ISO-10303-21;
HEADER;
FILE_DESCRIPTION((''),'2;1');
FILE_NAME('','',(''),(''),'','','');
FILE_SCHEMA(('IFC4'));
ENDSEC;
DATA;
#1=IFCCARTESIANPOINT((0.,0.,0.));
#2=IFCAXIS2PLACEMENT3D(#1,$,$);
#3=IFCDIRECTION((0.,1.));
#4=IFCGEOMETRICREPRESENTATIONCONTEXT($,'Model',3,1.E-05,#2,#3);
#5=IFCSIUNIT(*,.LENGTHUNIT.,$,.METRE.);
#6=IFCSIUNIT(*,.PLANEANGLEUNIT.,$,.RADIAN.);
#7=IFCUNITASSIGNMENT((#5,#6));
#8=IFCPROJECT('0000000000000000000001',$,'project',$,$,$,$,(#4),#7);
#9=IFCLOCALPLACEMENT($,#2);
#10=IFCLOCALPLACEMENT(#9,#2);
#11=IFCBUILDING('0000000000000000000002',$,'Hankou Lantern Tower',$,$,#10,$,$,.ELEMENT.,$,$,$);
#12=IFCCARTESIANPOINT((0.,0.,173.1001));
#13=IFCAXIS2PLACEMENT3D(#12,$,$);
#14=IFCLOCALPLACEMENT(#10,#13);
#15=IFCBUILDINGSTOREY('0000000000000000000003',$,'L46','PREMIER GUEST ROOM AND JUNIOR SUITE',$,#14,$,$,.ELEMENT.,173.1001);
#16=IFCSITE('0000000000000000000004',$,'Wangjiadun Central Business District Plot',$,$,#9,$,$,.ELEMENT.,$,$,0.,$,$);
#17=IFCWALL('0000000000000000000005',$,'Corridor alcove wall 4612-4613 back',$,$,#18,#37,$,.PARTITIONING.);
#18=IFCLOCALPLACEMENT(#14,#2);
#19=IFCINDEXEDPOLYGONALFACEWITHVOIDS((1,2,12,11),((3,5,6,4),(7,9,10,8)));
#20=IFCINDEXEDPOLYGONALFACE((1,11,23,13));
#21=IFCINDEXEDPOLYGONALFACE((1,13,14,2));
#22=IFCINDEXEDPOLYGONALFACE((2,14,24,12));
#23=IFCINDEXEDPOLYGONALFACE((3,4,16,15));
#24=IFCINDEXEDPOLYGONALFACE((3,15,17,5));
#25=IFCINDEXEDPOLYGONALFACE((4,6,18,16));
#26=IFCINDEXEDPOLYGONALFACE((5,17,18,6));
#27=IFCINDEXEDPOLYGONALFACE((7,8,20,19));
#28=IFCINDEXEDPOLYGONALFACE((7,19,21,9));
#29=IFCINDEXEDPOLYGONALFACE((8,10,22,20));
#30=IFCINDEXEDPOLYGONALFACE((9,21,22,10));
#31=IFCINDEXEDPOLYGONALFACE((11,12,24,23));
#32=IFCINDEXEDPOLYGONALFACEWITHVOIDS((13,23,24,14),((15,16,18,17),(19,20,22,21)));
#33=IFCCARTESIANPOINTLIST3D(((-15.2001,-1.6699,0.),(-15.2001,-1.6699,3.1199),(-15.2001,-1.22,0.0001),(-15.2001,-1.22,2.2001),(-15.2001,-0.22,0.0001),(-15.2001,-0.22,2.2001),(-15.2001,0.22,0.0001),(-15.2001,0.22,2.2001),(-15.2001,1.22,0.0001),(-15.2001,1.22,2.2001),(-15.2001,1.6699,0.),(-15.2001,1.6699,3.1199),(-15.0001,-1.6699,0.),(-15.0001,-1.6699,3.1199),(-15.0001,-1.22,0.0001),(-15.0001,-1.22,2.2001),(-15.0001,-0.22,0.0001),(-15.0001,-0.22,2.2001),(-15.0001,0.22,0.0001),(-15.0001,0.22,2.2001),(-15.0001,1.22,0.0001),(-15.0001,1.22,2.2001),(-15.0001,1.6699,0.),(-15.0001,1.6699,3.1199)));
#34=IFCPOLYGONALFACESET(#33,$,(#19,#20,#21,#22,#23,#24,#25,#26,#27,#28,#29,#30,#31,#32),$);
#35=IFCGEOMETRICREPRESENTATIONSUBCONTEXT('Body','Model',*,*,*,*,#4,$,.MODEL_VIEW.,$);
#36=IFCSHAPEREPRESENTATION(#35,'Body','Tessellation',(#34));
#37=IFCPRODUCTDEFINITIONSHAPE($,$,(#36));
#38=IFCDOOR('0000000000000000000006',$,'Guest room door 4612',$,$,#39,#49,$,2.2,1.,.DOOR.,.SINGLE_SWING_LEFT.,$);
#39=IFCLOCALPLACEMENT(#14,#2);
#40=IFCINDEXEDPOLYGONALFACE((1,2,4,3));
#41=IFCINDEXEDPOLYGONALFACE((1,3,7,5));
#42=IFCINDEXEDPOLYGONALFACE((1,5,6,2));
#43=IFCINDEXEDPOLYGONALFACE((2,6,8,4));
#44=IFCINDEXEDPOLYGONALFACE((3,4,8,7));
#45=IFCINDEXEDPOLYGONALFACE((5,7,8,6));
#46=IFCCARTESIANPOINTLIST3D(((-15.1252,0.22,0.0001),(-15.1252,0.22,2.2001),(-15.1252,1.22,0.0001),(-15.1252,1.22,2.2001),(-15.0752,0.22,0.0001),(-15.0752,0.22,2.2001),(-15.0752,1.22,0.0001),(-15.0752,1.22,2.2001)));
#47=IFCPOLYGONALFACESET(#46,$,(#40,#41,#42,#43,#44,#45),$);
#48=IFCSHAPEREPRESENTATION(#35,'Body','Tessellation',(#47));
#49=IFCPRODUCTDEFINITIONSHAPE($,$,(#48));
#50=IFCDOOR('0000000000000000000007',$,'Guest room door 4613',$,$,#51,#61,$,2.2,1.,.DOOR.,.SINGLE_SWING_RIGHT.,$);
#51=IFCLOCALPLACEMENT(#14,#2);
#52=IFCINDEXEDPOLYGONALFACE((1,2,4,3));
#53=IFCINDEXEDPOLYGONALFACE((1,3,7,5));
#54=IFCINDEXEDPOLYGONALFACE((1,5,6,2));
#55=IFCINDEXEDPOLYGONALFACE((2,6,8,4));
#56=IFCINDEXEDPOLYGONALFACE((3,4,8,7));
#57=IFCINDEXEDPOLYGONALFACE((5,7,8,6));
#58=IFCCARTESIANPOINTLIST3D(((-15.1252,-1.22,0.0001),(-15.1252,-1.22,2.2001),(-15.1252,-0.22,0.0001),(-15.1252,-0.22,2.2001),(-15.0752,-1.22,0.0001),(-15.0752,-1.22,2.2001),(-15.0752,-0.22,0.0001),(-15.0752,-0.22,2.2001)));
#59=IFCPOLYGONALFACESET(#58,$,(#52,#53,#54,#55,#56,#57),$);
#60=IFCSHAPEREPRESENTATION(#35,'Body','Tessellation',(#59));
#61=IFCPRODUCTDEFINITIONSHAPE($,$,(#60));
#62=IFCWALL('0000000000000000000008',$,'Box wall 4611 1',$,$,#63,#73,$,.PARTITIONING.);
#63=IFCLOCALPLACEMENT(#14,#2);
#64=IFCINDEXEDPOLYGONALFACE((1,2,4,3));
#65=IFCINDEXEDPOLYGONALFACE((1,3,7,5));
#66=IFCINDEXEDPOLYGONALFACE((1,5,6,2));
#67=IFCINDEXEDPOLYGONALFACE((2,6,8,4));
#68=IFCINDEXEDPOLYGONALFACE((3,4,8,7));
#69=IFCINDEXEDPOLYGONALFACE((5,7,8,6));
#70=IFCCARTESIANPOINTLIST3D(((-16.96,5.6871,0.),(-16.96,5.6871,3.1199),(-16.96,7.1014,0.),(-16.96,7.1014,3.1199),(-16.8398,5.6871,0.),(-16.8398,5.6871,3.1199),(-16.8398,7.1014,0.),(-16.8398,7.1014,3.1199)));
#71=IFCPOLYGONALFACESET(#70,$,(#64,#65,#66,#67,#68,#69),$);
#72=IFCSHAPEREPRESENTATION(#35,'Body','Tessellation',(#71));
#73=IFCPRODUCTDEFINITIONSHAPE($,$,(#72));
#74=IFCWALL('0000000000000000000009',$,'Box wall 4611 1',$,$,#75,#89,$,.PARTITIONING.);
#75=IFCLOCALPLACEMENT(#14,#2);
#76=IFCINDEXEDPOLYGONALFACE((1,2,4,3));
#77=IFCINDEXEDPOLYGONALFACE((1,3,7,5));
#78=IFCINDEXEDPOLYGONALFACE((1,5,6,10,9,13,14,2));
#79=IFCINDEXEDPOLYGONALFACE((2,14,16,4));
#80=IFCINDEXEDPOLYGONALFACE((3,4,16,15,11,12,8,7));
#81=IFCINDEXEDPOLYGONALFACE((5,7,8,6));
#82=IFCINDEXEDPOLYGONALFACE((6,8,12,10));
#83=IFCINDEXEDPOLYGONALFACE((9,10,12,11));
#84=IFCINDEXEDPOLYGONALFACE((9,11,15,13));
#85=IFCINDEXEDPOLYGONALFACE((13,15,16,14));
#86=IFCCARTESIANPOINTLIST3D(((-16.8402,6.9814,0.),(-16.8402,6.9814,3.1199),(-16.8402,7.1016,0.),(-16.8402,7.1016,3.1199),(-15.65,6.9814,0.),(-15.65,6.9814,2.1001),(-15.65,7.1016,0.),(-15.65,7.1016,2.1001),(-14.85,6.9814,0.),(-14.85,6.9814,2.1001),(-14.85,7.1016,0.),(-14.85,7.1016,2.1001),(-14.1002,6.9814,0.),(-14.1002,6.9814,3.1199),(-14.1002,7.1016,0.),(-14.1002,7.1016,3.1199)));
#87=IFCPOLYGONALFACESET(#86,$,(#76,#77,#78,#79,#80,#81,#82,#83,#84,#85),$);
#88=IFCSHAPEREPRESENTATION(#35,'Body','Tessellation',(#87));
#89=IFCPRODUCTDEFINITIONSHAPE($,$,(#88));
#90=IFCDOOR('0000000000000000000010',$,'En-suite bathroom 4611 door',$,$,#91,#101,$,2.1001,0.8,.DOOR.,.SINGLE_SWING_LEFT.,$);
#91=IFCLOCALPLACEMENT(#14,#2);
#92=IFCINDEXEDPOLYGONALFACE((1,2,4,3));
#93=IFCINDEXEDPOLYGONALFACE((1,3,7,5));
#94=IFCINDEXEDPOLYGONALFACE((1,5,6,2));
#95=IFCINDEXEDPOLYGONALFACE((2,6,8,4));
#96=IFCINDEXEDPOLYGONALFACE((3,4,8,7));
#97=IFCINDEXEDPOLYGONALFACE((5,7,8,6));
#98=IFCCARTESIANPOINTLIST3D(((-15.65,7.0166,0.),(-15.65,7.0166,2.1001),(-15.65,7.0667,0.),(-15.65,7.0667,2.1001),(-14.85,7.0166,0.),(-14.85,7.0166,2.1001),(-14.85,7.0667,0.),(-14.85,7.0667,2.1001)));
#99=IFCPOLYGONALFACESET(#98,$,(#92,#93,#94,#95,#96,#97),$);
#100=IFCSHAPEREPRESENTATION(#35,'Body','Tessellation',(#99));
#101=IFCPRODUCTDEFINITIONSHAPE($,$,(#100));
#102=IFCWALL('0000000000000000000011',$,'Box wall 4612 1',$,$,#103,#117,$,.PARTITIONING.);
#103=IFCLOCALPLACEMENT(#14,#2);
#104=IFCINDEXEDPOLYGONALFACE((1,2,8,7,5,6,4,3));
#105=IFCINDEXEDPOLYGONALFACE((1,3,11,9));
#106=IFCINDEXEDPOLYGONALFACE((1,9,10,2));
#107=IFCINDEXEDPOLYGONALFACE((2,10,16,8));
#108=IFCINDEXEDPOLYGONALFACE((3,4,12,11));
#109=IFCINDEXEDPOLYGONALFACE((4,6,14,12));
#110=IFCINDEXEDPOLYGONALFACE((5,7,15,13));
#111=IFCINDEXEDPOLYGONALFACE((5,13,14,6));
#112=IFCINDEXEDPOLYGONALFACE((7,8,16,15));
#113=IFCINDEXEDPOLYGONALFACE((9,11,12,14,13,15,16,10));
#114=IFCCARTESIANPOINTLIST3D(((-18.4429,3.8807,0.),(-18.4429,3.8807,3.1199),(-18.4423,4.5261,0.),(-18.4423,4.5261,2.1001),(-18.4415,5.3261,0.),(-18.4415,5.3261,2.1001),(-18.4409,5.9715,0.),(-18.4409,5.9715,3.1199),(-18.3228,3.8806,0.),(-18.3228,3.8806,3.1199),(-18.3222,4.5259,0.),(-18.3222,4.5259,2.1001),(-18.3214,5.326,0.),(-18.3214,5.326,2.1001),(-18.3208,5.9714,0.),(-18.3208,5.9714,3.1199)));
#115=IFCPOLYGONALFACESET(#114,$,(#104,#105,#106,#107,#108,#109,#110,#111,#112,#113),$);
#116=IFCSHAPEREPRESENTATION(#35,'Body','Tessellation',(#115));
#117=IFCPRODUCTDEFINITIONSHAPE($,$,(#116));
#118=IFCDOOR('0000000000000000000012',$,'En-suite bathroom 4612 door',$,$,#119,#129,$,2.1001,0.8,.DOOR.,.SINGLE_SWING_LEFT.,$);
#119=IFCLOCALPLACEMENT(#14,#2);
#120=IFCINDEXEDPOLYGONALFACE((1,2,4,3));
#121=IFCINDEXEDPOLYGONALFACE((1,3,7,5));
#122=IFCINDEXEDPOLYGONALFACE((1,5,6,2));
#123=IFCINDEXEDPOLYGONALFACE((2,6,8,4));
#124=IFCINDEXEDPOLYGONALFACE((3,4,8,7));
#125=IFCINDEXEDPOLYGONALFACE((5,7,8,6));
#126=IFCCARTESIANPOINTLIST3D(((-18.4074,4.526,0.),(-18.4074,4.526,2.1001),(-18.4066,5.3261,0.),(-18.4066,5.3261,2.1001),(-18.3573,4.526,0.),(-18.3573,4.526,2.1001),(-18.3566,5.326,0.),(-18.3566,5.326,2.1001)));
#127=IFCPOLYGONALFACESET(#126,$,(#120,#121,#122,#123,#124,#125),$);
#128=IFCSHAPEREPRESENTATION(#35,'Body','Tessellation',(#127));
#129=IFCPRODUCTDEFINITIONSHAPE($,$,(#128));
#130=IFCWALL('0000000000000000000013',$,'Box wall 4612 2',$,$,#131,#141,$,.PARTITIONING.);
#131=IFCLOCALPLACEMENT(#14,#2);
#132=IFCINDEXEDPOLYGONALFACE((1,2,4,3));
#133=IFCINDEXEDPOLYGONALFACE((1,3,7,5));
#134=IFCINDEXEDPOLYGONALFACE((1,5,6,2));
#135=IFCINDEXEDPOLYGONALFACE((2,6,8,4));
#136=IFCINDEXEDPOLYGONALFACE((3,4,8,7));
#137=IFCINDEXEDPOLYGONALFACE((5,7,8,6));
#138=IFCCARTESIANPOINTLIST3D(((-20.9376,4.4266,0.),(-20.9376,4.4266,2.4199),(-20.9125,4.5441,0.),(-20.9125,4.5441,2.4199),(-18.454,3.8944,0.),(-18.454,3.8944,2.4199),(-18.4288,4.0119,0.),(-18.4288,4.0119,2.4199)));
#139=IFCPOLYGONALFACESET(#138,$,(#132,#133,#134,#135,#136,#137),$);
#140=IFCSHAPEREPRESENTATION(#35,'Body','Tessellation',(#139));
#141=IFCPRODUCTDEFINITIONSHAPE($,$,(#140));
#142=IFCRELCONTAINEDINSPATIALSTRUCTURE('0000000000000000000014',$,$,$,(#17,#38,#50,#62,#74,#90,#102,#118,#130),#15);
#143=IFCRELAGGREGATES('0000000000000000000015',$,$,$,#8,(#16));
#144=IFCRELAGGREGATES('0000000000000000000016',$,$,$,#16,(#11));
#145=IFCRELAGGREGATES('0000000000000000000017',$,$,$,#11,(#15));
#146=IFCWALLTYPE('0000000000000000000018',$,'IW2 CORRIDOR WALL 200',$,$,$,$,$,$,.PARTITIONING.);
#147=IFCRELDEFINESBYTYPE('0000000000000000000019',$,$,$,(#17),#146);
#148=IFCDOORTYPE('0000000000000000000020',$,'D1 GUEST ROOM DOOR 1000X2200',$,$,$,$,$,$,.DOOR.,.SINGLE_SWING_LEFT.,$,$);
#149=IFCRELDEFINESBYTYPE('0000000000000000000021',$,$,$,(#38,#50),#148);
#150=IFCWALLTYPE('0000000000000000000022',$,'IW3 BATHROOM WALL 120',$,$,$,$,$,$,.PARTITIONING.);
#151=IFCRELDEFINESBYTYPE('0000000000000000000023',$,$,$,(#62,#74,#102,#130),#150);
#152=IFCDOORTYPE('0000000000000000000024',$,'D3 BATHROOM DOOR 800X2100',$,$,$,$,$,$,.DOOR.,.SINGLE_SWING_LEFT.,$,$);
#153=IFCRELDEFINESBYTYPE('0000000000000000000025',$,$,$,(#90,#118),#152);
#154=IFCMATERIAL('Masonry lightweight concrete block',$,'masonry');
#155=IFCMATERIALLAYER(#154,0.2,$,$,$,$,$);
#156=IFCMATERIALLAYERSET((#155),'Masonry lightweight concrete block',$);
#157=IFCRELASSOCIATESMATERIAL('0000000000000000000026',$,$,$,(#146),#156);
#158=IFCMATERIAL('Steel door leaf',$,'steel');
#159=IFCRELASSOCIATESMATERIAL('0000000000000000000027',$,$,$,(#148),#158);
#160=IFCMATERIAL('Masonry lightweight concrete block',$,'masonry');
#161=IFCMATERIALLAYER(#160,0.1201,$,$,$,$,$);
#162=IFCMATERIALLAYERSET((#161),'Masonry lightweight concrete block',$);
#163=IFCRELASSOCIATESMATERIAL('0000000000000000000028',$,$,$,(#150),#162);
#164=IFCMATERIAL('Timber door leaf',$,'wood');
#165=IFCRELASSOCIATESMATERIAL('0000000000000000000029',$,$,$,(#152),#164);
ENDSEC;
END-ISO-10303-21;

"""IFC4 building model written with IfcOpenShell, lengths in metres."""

from ifc_helpers import new_model, si_unit, direction, frame, frame_2d, origin, place, context, subcontext, project, spatial, rectangle, extrude, material, layer, layer_set, type_object, element, fill, save


model = new_model("IFC4")

# Units and contexts
model_context = context("Model", 3, precision=1e-05, world=origin(), true_north=direction((0.0, 1.0)))
body_context = subcontext(model_context, "Body", "Model", "MODEL_VIEW")
ifc_project = project(units=[si_unit("LENGTHUNIT", "METRE"), si_unit("PLANEANGLEUNIT", "RADIAN")], contexts=[model_context])

# Site, building, storey
site_placement = place(None, origin())
site = spatial("IfcSite", under=ifc_project, at=site_placement, Name="Wangjiadun Central Business District Plot", CompositionType="ELEMENT", RefElevation=0.0)
building_placement = place(site_placement, origin())
building = spatial("IfcBuilding", under=site, at=building_placement, Name="Hankou Lantern Tower", CompositionType="ELEMENT")
storey_placement = place(building_placement, frame((0.0, 0.0, 173.1001)))
storey = spatial("IfcBuildingStorey", under=building, at=storey_placement, Name="L46", Description="PREMIER GUEST ROOM AND JUNIOR SUITE", CompositionType="ELEMENT", Elevation=173.1001)

# Wall, openings, doors
ifc_material_1 = material(Name="Masonry lightweight concrete block", Category="masonry")
ifc_layer_1 = layer(ifc_material_1, 0.2)
ifc_layer_set_1 = layer_set([ifc_layer_1], Name="Masonry lightweight concrete block")
wall_type_1 = type_object("IfcWallType", Name="IW2 CORRIDOR WALL 200", PredefinedType="PARTITIONING", material=ifc_layer_set_1)
wall_1_placement = place(storey_placement, frame((-15.1001, 1.6699, 0.0), z_axis=(0.0, 0.0, 1.0), x_axis=(0.0, -1.0, 0.0)))
wall_1 = element("IfcWall", 1, at=wall_1_placement, inside=storey, type_object=wall_type_1, Name="Corridor alcove wall 4612-4613 back", PredefinedType="PARTITIONING", context=body_context, shape_type="SweptSolid", body=[
    extrude(rectangle(XDim=3.3398, YDim=0.2, at=frame_2d((1.6699, 0.0))), origin(), (0.0, 0.0, 1.0), 3.1199),
])
opening_1_placement = place(wall_1_placement, frame((0.45, 0.0, 0.0)))
opening_1 = element("IfcOpeningElement", 2, at=opening_1_placement, cuts=wall_1, PredefinedType="OPENING", context=body_context, shape_type="SweptSolid", body=[
    extrude(rectangle(XDim=1.0, YDim=2.2, at=frame_2d((0.5, 1.1001))), frame((0.0, 0.1099, 0.0), z_axis=(0.0, -1.0, 0.0), x_axis=(1.0, 0.0, 0.0)), (0.0, 0.0, 1.0), 0.22),
])
opening_2_placement = place(wall_1_placement, frame((1.8899, 0.0, 0.0)))
opening_2 = element("IfcOpeningElement", 3, at=opening_2_placement, cuts=wall_1, PredefinedType="OPENING", context=body_context, shape_type="SweptSolid", body=[
    extrude(rectangle(XDim=1.0, YDim=2.2, at=frame_2d((0.5, 1.1001))), frame((0.0, 0.1099, 0.0), z_axis=(0.0, -1.0, 0.0), x_axis=(1.0, 0.0, 0.0)), (0.0, 0.0, 1.0), 0.22),
])
ifc_material_2 = material(Name="Steel door leaf", Category="steel")
door_type_1 = type_object("IfcDoorType", Name="D1 GUEST ROOM DOOR 1000X2200", OperationType="SINGLE_SWING_LEFT", PredefinedType="DOOR", material=ifc_material_2)
door_1_placement = place(opening_1_placement, origin())
door_1 = element("IfcDoor", 4, at=door_1_placement, inside=storey, type_object=door_type_1, Name="Guest room door 4612", OperationType="SINGLE_SWING_LEFT", OverallHeight=2.2, OverallWidth=1.0, PredefinedType="DOOR", context=body_context, shape_type="SweptSolid", body=[
    extrude(rectangle(XDim=1.0, YDim=2.2, at=frame_2d((0.5, 1.1001))), frame((0.0, 0.0249, 0.0), z_axis=(0.0, -1.0, 0.0), x_axis=(1.0, 0.0, 0.0)), (0.0, 0.0, 1.0), 0.05),
])
fill(opening_1, door_1)
door_2_placement = place(opening_2_placement, origin())
door_2 = element("IfcDoor", 5, at=door_2_placement, inside=storey, type_object=door_type_1, Name="Guest room door 4613", OperationType="SINGLE_SWING_RIGHT", OverallHeight=2.2, OverallWidth=1.0, PredefinedType="DOOR", context=body_context, shape_type="SweptSolid", body=[
    extrude(rectangle(XDim=1.0, YDim=2.2, at=frame_2d((0.5, 1.1001))), frame((0.0, 0.0249, 0.0), z_axis=(0.0, -1.0, 0.0), x_axis=(1.0, 0.0, 0.0)), (0.0, 0.0, 1.0), 0.05),
])
fill(opening_2, door_2)

# Wall
ifc_material_3 = material(Name="Masonry lightweight concrete block", Category="masonry")
ifc_layer_2 = layer(ifc_material_3, 0.1201)
ifc_layer_set_2 = layer_set([ifc_layer_2], Name="Masonry lightweight concrete block")
wall_type_2 = type_object("IfcWallType", Name="IW3 BATHROOM WALL 120", PredefinedType="PARTITIONING", material=ifc_layer_set_2)
wall_2_placement = place(storey_placement, frame((-16.8999, 5.6873, 0.0), z_axis=(0.0, 0.0, 1.0), x_axis=(0.0, 1.0, 0.0)))
element("IfcWall", 6, at=wall_2_placement, inside=storey, type_object=wall_type_2, Name="Box wall 4611 1", PredefinedType="PARTITIONING", context=body_context, shape_type="SweptSolid", body=[
    extrude(rectangle(XDim=1.4143, YDim=0.1201, at=frame_2d((0.707, 0.0))), origin(), (0.0, 0.0, 1.0), 3.1199),
])

# Walls, openings, doors
wall_3_placement = place(storey_placement, frame((-14.1001, 7.0415, 0.0), z_axis=(0.0, 0.0, 1.0), x_axis=(-1.0, 0.0, 0.0)))
wall_3 = element("IfcWall", 7, at=wall_3_placement, inside=storey, type_object=wall_type_2, Name="Box wall 4611 1", PredefinedType="PARTITIONING", context=body_context, shape_type="SweptSolid", body=[
    extrude(rectangle(XDim=2.74, YDim=0.1201, at=frame_2d((1.3701, 0.0))), origin(), (0.0, 0.0, 1.0), 3.1199),
])
opening_3_placement = place(wall_3_placement, frame((0.75, 0.0, 0.0)))
opening_3 = element("IfcOpeningElement", 8, at=opening_3_placement, cuts=wall_3, PredefinedType="OPENING", context=body_context, shape_type="SweptSolid", body=[
    extrude(rectangle(XDim=0.8, YDim=2.1001, at=frame_2d((0.3999, 1.05))), frame((0.0, 0.0701, 0.0), z_axis=(0.0, -1.0, 0.0), x_axis=(1.0, 0.0, 0.0)), (0.0, 0.0, 1.0), 0.1401),
])
ifc_material_4 = material(Name="Timber door leaf", Category="wood")
door_type_2 = type_object("IfcDoorType", Name="D3 BATHROOM DOOR 800X2100", OperationType="SINGLE_SWING_LEFT", PredefinedType="DOOR", material=ifc_material_4)
door_3_placement = place(opening_3_placement, origin())
door_3 = element("IfcDoor", 9, at=door_3_placement, inside=storey, type_object=door_type_2, Name="En-suite bathroom 4611 door", OperationType="SINGLE_SWING_LEFT", OverallHeight=2.1001, OverallWidth=0.8, PredefinedType="DOOR", context=body_context, shape_type="SweptSolid", body=[
    extrude(rectangle(XDim=0.8, YDim=2.1001, at=frame_2d((0.3999, 1.05))), frame((0.0, 0.0249, 0.0), z_axis=(0.0, -1.0, 0.0), x_axis=(1.0, 0.0, 0.0)), (0.0, 0.0, 1.0), 0.05),
])
fill(opening_3, door_3)
wall_4_placement = place(storey_placement, frame((-18.3809, 5.9714, 0.0), z_axis=(0.0, 0.0, 1.0), x_axis=(-0.000934, -1.0, 0.0)))
wall_4 = element("IfcWall", 10, at=wall_4_placement, inside=storey, type_object=wall_type_2, Name="Box wall 4612 1", PredefinedType="PARTITIONING", context=body_context, shape_type="SweptSolid", body=[
    extrude(rectangle(XDim=2.0908, YDim=0.1201, at=frame_2d((1.0454, 0.0))), origin(), (0.0, 0.0, 1.0), 3.1199),
])
opening_4_placement = place(wall_4_placement, frame((0.6455, 0.0, 0.0)))
opening_4 = element("IfcOpeningElement", 11, at=opening_4_placement, cuts=wall_4, PredefinedType="OPENING", context=body_context, shape_type="SweptSolid", body=[
    extrude(rectangle(XDim=0.8, YDim=2.1001, at=frame_2d((0.3999, 1.05))), frame((0.0, 0.0701, 0.0), z_axis=(0.0, -1.0, 0.0), x_axis=(1.0, 0.0, 0.0)), (0.0, 0.0, 1.0), 0.1401),
])
door_4_placement = place(opening_4_placement, origin())
door_4 = element("IfcDoor", 12, at=door_4_placement, inside=storey, type_object=door_type_2, Name="En-suite bathroom 4612 door", OperationType="SINGLE_SWING_LEFT", OverallHeight=2.1001, OverallWidth=0.8, PredefinedType="DOOR", context=body_context, shape_type="SweptSolid", body=[
    extrude(rectangle(XDim=0.8, YDim=2.1001, at=frame_2d((0.3999, 1.05))), frame((0.0, 0.0249, 0.0), z_axis=(0.0, -1.0, 0.0), x_axis=(1.0, 0.0, 0.0)), (0.0, 0.0, 1.0), 0.05),
])
fill(opening_4, door_4)

# Wall
wall_5_placement = place(storey_placement, frame((-18.4414, 3.9531, 0.0), z_axis=(0.0, 0.0, 1.0), x_axis=(-0.977801, 0.209536, 0.0)))
element("IfcWall", 13, at=wall_5_placement, inside=storey, type_object=wall_type_2, Name="Box wall 4612 2", PredefinedType="PARTITIONING", context=body_context, shape_type="SweptSolid", body=[
    extrude(rectangle(XDim=2.54, YDim=0.1201, at=frame_2d((1.27, 0.0))), origin(), (0.0, 0.0, 1.0), 2.4199),
])

save(model, "model.ifc")
